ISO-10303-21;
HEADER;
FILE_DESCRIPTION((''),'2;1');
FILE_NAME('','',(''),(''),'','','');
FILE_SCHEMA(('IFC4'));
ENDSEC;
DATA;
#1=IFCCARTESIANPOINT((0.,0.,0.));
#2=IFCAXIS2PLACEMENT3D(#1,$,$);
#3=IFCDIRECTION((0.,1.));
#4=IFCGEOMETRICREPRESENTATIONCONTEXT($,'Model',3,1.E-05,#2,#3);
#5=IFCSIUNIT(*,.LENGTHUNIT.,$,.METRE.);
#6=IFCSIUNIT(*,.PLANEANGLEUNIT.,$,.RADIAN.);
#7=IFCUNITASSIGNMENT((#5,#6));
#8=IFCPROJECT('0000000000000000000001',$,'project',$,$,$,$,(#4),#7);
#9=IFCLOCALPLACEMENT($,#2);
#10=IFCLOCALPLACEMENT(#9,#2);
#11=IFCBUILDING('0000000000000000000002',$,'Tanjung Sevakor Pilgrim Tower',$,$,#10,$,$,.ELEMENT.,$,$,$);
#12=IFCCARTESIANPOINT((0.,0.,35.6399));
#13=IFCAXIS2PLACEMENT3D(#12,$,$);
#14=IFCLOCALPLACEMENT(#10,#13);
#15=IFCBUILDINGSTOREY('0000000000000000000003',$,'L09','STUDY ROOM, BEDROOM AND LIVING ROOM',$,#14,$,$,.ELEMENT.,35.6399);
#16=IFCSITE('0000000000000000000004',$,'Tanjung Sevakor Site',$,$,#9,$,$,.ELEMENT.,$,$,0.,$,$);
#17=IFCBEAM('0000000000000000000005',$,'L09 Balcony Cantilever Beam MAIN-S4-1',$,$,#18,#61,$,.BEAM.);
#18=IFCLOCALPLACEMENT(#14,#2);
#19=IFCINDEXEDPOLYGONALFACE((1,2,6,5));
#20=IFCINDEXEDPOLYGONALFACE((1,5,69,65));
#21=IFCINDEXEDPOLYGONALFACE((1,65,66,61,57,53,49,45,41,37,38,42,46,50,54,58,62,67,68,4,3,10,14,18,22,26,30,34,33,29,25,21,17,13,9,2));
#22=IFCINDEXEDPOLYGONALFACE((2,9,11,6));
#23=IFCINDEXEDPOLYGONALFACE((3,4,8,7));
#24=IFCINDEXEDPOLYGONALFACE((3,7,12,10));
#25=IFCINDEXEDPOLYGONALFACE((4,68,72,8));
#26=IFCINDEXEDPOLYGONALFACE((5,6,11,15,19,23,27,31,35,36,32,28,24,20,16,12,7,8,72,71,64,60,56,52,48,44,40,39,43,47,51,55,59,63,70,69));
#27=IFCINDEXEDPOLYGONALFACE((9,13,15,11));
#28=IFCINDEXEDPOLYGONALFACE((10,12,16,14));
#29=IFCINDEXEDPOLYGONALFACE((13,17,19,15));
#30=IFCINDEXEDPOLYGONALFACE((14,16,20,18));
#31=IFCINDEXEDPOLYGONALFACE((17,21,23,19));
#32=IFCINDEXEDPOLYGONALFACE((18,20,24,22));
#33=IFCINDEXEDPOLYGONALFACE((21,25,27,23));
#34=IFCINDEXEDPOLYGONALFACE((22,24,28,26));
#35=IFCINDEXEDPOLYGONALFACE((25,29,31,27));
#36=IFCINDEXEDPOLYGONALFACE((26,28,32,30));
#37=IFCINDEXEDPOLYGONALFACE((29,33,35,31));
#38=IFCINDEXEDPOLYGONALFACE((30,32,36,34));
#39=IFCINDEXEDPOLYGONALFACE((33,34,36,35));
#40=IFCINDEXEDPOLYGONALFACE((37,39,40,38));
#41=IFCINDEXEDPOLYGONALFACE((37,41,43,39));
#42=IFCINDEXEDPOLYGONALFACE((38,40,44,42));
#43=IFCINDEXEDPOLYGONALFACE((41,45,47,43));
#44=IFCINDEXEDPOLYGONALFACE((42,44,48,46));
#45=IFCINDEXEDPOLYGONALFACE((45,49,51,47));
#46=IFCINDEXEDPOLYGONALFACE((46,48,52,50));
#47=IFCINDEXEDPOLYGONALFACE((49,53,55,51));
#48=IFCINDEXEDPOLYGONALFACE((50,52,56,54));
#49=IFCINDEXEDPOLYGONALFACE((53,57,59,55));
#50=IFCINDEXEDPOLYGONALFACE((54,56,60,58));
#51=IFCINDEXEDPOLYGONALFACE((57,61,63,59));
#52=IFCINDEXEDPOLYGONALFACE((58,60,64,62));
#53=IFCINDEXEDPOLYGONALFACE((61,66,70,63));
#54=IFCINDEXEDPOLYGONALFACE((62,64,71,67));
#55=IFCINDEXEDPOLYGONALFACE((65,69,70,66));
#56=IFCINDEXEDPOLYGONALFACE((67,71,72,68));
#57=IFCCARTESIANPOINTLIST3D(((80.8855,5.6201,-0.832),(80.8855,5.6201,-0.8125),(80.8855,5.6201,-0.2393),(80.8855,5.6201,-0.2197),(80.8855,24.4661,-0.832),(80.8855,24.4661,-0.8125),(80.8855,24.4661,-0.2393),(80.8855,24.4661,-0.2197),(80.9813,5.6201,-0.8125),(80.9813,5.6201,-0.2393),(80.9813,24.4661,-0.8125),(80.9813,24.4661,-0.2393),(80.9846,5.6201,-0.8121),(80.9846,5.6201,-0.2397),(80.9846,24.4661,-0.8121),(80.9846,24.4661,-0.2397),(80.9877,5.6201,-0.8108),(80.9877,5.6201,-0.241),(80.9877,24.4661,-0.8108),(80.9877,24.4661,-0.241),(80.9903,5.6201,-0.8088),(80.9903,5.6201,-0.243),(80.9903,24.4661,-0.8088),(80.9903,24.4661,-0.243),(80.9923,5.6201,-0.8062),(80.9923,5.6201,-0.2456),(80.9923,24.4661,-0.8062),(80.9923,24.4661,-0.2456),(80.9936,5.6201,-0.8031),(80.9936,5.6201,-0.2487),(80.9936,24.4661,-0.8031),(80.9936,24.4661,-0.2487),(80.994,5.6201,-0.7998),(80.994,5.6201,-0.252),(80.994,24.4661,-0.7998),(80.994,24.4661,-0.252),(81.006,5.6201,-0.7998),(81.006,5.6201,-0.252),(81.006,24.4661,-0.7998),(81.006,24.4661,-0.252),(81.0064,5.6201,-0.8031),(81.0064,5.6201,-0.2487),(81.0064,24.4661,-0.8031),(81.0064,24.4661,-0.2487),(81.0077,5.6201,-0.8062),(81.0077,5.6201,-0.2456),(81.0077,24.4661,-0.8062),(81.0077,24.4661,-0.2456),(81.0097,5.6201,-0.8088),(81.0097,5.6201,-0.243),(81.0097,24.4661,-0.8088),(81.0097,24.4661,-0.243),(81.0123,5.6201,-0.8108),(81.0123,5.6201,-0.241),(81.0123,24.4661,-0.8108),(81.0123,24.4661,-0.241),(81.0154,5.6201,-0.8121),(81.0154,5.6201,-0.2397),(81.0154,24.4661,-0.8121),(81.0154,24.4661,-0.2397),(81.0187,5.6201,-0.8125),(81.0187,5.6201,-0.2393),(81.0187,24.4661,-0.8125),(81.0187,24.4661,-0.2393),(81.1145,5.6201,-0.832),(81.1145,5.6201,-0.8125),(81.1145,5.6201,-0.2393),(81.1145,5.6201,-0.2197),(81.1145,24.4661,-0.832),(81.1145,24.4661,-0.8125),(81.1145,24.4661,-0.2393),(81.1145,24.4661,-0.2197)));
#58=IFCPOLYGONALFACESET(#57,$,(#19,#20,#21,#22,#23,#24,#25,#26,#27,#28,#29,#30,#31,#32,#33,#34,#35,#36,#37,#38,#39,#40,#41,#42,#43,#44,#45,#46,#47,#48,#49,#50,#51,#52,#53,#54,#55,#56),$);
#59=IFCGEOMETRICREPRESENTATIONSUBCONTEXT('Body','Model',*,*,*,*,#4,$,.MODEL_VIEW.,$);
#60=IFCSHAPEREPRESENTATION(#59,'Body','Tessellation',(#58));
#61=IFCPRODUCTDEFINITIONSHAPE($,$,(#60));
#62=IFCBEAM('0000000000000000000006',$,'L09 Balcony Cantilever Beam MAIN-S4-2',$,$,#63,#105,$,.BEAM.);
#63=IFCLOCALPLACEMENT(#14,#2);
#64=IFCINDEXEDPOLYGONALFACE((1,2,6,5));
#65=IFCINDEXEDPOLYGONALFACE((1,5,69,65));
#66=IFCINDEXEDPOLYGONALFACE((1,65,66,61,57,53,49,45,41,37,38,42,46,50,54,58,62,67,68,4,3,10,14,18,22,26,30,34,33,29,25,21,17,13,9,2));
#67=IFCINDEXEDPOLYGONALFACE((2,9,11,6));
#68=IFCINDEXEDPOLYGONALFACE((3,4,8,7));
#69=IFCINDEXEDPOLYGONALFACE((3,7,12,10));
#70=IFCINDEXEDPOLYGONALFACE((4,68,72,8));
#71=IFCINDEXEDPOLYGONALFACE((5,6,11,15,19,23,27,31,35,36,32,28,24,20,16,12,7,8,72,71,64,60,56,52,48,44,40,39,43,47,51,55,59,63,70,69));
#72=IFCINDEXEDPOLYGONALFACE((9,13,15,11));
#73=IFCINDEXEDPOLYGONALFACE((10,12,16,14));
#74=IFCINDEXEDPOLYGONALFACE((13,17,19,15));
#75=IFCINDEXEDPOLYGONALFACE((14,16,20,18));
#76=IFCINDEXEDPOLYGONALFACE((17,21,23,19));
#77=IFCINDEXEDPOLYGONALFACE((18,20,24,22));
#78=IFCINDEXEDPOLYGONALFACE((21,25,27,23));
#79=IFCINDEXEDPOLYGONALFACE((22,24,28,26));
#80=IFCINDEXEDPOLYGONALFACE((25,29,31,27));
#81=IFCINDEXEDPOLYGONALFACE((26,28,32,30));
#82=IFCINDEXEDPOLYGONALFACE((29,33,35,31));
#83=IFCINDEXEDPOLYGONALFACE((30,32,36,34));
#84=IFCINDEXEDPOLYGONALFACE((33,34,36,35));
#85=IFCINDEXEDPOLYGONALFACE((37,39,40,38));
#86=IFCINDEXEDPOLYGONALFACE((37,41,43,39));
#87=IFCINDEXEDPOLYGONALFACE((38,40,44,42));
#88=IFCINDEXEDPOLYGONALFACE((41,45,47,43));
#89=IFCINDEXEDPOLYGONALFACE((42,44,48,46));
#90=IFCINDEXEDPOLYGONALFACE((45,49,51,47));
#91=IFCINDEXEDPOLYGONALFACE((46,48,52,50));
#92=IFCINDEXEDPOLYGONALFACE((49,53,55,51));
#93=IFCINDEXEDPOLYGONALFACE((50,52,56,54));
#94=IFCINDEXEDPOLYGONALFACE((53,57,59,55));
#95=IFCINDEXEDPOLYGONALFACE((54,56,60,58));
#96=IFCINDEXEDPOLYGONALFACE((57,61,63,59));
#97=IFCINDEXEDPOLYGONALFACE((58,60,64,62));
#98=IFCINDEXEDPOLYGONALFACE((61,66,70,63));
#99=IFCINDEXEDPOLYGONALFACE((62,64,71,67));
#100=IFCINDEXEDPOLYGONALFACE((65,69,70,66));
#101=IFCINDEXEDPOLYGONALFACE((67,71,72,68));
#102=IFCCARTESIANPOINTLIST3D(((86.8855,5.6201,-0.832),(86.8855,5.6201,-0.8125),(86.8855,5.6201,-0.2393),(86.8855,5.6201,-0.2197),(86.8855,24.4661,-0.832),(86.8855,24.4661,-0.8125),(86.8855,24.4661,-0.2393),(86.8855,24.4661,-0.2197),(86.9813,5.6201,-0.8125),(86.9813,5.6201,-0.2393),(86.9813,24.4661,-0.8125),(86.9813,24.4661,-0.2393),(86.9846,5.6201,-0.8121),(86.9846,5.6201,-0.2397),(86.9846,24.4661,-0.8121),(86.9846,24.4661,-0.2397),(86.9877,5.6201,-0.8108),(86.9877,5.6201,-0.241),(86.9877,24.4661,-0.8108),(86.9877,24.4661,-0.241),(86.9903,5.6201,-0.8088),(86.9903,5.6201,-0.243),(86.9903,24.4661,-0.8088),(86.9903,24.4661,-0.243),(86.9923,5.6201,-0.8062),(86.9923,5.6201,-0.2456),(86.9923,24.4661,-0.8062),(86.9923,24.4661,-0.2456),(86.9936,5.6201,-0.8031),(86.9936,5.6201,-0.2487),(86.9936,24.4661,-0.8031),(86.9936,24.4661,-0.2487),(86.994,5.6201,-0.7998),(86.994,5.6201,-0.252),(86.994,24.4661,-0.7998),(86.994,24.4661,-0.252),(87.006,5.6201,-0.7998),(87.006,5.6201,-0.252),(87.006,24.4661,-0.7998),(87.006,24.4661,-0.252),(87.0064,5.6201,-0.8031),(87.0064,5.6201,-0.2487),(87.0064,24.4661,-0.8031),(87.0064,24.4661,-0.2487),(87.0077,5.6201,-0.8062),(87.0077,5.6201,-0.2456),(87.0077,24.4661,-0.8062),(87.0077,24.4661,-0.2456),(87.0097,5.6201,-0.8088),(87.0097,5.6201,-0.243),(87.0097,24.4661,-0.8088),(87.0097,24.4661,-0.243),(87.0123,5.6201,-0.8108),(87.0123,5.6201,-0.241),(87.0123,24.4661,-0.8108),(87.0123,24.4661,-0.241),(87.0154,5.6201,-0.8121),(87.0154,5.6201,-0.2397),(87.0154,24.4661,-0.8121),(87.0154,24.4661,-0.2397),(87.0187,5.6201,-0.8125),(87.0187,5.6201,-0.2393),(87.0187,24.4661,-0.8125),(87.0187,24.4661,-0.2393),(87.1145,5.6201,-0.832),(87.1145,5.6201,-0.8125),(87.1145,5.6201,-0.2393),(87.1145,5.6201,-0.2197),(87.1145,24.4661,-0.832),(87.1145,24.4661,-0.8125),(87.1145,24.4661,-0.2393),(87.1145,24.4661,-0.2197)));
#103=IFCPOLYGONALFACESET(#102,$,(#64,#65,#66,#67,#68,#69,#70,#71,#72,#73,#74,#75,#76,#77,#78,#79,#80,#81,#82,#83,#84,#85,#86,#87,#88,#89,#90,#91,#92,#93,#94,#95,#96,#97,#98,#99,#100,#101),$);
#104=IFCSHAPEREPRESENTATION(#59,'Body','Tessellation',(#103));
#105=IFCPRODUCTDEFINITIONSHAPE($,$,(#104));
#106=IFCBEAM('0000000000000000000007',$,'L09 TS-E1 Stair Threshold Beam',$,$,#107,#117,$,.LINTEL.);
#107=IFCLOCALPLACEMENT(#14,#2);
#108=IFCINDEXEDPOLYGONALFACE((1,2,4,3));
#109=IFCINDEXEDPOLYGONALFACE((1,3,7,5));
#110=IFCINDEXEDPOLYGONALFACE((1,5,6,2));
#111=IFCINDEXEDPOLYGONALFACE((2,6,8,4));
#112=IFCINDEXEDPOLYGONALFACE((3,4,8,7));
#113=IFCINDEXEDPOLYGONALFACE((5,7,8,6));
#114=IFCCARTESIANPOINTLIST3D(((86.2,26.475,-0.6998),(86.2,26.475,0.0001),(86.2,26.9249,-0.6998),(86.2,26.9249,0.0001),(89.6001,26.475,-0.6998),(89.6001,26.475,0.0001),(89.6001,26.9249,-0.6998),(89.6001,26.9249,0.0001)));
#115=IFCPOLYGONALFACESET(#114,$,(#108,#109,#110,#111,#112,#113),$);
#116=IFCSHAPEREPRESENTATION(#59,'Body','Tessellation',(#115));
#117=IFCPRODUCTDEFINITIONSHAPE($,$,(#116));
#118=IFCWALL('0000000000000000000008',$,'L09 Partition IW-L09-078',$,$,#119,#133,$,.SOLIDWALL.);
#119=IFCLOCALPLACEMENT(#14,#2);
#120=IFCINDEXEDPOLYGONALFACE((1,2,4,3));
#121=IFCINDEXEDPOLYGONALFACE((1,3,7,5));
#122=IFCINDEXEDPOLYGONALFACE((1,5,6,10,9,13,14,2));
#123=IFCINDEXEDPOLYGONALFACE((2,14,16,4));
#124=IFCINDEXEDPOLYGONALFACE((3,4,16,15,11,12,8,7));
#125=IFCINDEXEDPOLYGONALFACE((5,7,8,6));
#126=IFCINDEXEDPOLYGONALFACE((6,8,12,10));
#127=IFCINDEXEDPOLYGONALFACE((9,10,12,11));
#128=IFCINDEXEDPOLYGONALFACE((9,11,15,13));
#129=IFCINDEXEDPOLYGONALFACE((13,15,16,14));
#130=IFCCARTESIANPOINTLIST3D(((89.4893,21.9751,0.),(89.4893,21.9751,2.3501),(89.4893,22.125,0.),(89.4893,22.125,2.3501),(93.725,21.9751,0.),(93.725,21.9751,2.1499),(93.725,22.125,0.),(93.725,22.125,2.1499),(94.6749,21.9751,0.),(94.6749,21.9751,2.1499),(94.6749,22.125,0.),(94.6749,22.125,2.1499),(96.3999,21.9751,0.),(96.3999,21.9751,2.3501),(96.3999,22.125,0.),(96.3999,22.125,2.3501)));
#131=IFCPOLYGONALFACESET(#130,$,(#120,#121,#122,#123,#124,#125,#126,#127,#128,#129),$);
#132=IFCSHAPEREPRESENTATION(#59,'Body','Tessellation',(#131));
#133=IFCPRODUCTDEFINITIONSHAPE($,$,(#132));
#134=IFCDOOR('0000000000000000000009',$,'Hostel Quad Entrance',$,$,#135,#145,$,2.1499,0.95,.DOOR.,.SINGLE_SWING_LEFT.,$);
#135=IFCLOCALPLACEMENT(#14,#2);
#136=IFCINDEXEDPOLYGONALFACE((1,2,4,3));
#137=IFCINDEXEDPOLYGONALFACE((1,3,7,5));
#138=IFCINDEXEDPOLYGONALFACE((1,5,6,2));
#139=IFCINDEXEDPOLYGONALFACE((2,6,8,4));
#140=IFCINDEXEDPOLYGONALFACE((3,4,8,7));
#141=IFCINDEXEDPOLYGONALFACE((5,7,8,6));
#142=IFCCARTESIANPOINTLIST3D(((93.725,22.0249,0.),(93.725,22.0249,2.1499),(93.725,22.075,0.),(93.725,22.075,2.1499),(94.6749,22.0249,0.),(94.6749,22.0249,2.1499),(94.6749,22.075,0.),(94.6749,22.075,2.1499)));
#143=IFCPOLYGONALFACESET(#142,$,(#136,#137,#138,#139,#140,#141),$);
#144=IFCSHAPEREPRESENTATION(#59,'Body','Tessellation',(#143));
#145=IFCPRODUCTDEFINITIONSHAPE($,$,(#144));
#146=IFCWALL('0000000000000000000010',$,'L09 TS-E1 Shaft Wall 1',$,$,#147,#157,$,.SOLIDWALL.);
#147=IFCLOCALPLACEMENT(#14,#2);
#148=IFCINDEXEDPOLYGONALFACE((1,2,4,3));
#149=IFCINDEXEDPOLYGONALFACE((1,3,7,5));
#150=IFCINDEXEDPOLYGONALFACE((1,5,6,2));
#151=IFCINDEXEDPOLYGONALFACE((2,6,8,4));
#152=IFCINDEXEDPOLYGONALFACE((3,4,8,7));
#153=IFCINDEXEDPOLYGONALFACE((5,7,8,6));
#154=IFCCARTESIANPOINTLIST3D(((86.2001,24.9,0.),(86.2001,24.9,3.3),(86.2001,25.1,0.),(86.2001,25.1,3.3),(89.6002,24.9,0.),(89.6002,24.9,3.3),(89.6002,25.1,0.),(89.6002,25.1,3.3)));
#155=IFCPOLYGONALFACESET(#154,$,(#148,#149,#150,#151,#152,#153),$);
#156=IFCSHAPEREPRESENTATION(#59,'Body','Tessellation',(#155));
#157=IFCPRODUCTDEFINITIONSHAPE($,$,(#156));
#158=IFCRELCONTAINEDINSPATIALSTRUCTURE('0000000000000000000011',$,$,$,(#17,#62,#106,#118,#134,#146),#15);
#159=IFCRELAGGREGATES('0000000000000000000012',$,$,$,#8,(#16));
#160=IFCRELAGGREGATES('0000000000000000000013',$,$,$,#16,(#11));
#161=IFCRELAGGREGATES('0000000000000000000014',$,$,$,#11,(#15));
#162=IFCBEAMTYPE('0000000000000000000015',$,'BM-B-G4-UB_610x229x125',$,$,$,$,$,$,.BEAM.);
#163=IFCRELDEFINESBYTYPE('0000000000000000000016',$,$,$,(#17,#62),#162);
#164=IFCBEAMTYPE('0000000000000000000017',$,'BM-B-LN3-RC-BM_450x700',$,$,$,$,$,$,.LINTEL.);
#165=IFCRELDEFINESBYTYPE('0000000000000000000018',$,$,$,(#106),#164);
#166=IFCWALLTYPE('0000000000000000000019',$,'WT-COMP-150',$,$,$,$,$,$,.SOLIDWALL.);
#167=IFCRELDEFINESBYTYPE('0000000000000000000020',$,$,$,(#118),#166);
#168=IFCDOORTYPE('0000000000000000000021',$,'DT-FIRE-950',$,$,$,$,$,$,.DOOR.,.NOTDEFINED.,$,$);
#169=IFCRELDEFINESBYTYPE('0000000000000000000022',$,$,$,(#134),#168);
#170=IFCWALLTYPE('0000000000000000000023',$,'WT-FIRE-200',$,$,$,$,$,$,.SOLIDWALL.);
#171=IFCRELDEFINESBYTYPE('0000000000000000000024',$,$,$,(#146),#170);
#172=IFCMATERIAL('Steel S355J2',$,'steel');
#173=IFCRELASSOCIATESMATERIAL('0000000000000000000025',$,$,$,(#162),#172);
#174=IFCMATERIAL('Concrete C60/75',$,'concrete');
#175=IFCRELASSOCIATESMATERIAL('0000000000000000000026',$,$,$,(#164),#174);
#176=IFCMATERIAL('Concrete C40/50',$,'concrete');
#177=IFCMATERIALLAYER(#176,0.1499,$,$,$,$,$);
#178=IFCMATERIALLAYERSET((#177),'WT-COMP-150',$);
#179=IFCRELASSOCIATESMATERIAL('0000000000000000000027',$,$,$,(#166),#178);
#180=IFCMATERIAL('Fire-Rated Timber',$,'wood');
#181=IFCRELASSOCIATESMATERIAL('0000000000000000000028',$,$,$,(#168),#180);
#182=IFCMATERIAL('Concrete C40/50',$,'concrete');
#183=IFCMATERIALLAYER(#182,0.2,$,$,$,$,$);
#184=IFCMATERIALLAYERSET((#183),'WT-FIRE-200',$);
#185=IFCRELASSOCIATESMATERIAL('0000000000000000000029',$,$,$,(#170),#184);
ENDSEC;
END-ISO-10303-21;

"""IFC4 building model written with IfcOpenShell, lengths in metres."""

from ifc_helpers import new_model, si_unit, direction, frame, frame_2d, origin, origin_2d, place, context, subcontext, project, spatial, rectangle, i_section, extrude, material, layer, layer_set, material_profile, profile_set, type_object, element, fill, save


model = new_model("IFC4")

# Units and contexts
model_context = context("Model", 3, precision=1e-05, world=origin(), true_north=direction((0.0, 1.0)))
body_context = subcontext(model_context, "Body", "Model", "MODEL_VIEW")
ifc_project = project(units=[si_unit("LENGTHUNIT", "METRE"), si_unit("PLANEANGLEUNIT", "RADIAN")], contexts=[model_context])

# Site, building, storey
site_placement = place(None, origin())
site = spatial("IfcSite", under=ifc_project, at=site_placement, Name="Tanjung Sevakor Site", CompositionType="ELEMENT", RefElevation=0.0)
building_placement = place(site_placement, origin())
building = spatial("IfcBuilding", under=site, at=building_placement, Name="Tanjung Sevakor Pilgrim Tower", CompositionType="ELEMENT")
storey_placement = place(building_placement, frame((0.0, 0.0, 35.6399)))
storey = spatial("IfcBuildingStorey", under=building, at=storey_placement, Name="L09", Description="STUDY ROOM, BEDROOM AND LIVING ROOM", CompositionType="ELEMENT", Elevation=35.6399)

# Beams
ifc_material_1 = material(Name="Steel S355J2", Category="steel")
ifc_material_profile_1 = material_profile(ifc_material_1, i_section(OverallWidth=0.229, OverallDepth=0.6123, WebThickness=0.012, FlangeThickness=0.0195, FilletRadius=0.0127, at=origin_2d()))
ifc_profile_set_1 = profile_set([ifc_material_profile_1], Name="Steel S355J2")
beam_type_1 = type_object("IfcBeamType", Name="BM-B-G4-UB_610x229x125", PredefinedType="BEAM", material=ifc_profile_set_1)
for number, where, z_axis, x_axis, name in (
    (1, (81.0, 24.4661, -0.5259), (0.0, -1.0, 0.0), (1.0, 0.0, 0.0), "L09 Balcony Cantilever Beam MAIN-S4-1"),
    (2, (87.0, 24.4661, -0.5259), (0.0, -1.0, 0.0), (1.0, 0.0, 0.0), "L09 Balcony Cantilever Beam MAIN-S4-2"),
):
    element("IfcBeam", number, at=place(storey_placement, frame(where, z_axis=z_axis, x_axis=x_axis)), inside=storey, type_object=beam_type_1, Name=name, PredefinedType="BEAM", context=body_context, shape_type="SweptSolid", body=[
        extrude(i_section(OverallWidth=0.229, OverallDepth=0.6123, WebThickness=0.012, FlangeThickness=0.0195, FilletRadius=0.0127, at=origin_2d()), origin(), (0.0, 0.0, 1.0), 18.8459),
    ])
ifc_material_2 = material(Name="Concrete C60/75", Category="concrete")
ifc_material_profile_2 = material_profile(ifc_material_2, rectangle(XDim=0.45, YDim=0.7, at=origin_2d()))
ifc_profile_set_2 = profile_set([ifc_material_profile_2], Name="Concrete C60/75")
beam_type_2 = type_object("IfcBeamType", Name="BM-B-LN3-RC-BM_450x700", PredefinedType="LINTEL", material=ifc_profile_set_2)
beam_placement = place(storey_placement, frame((86.2, 26.7, -0.3499), z_axis=(1.0, 0.0, 0.0), x_axis=(0.0, 1.0, 0.0)))
element("IfcBeam", 3, at=beam_placement, inside=storey, type_object=beam_type_2, Name="L09 TS-E1 Stair Threshold Beam", PredefinedType="LINTEL", context=body_context, shape_type="SweptSolid", body=[
    extrude(rectangle(XDim=0.45, YDim=0.7, at=origin_2d()), origin(), (0.0, 0.0, 1.0), 3.4001),
])

# Shared definitions
ifc_material_3 = material(Name="Concrete C40/50", Category="concrete")
ifc_layer_1 = layer(ifc_material_3, 0.1499)
ifc_layer_set_1 = layer_set([ifc_layer_1], Name="WT-COMP-150")
wall_type_1 = type_object("IfcWallType", Name="WT-COMP-150", PredefinedType="SOLIDWALL", material=ifc_layer_set_1)
ifc_material_4 = material(Name="Fire-Rated Timber", Category="wood")
door_type_1 = type_object("IfcDoorType", Name="DT-FIRE-950", OperationType="NOTDEFINED", PredefinedType="DOOR", material=ifc_material_4)

# Wall, opening, door
wall_1_placement = place(storey_placement, frame((89.4893, 22.05, 0.0), z_axis=(0.0, 0.0, 1.0), x_axis=(1.0, 0.0, 0.0)))
wall_1 = element("IfcWall", 4, at=wall_1_placement, inside=storey, type_object=wall_type_1, Name="L09 Partition IW-L09-078", PredefinedType="SOLIDWALL", context=body_context, shape_type="SweptSolid", body=[
    extrude(rectangle(XDim=6.9106, YDim=0.1499, at=frame_2d((3.4553, 0.0))), origin(), (0.0, 0.0, 1.0), 2.3501),
])
opening_1_placement = place(wall_1_placement, frame((4.2356, 0.0, 0.0)))
opening_1 = element("IfcOpeningElement", 5, at=opening_1_placement, cuts=wall_1, PredefinedType="OPENING", context=body_context, shape_type="SweptSolid", body=[
    extrude(rectangle(XDim=0.95, YDim=2.1499, at=frame_2d((0.4751, 1.075))), frame((0.0, 0.085, 0.0), z_axis=(0.0, -1.0, 0.0), x_axis=(1.0, 0.0, 0.0)), (0.0, 0.0, 1.0), 0.1699),
])
door_1_placement = place(opening_1_placement, origin())
door_1 = element("IfcDoor", 6, at=door_1_placement, inside=storey, type_object=door_type_1, Name="Hostel Quad Entrance", OperationType="SINGLE_SWING_LEFT", OverallHeight=2.1499, OverallWidth=0.95, PredefinedType="DOOR", context=body_context, shape_type="SweptSolid", body=[
    extrude(rectangle(XDim=0.95, YDim=2.1499, at=frame_2d((0.4751, 1.075))), frame((0.0, 0.0249, 0.0), z_axis=(0.0, -1.0, 0.0), x_axis=(1.0, 0.0, 0.0)), (0.0, 0.0, 1.0), 0.05),
])
fill(opening_1, door_1)

# Wall
ifc_material_5 = material(Name="Concrete C40/50", Category="concrete")
ifc_layer_2 = layer(ifc_material_5, 0.2)
ifc_layer_set_2 = layer_set([ifc_layer_2], Name="WT-FIRE-200")
wall_type_2 = type_object("IfcWallType", Name="WT-FIRE-200", PredefinedType="SOLIDWALL", material=ifc_layer_set_2)
wall_2_placement = place(storey_placement, frame((86.2, 25.0, 0.0), z_axis=(0.0, 0.0, 1.0), x_axis=(1.0, 0.0, 0.0)))
element("IfcWall", 7, at=wall_2_placement, inside=storey, type_object=wall_type_2, Name="L09 TS-E1 Shaft Wall 1", PredefinedType="SOLIDWALL", context=body_context, shape_type="SweptSolid", body=[
    extrude(rectangle(XDim=3.4001, YDim=0.2, at=frame_2d((1.7002, 0.0))), origin(), (0.0, 0.0, 1.0), 3.3),
])

save(model, "model.ifc")
